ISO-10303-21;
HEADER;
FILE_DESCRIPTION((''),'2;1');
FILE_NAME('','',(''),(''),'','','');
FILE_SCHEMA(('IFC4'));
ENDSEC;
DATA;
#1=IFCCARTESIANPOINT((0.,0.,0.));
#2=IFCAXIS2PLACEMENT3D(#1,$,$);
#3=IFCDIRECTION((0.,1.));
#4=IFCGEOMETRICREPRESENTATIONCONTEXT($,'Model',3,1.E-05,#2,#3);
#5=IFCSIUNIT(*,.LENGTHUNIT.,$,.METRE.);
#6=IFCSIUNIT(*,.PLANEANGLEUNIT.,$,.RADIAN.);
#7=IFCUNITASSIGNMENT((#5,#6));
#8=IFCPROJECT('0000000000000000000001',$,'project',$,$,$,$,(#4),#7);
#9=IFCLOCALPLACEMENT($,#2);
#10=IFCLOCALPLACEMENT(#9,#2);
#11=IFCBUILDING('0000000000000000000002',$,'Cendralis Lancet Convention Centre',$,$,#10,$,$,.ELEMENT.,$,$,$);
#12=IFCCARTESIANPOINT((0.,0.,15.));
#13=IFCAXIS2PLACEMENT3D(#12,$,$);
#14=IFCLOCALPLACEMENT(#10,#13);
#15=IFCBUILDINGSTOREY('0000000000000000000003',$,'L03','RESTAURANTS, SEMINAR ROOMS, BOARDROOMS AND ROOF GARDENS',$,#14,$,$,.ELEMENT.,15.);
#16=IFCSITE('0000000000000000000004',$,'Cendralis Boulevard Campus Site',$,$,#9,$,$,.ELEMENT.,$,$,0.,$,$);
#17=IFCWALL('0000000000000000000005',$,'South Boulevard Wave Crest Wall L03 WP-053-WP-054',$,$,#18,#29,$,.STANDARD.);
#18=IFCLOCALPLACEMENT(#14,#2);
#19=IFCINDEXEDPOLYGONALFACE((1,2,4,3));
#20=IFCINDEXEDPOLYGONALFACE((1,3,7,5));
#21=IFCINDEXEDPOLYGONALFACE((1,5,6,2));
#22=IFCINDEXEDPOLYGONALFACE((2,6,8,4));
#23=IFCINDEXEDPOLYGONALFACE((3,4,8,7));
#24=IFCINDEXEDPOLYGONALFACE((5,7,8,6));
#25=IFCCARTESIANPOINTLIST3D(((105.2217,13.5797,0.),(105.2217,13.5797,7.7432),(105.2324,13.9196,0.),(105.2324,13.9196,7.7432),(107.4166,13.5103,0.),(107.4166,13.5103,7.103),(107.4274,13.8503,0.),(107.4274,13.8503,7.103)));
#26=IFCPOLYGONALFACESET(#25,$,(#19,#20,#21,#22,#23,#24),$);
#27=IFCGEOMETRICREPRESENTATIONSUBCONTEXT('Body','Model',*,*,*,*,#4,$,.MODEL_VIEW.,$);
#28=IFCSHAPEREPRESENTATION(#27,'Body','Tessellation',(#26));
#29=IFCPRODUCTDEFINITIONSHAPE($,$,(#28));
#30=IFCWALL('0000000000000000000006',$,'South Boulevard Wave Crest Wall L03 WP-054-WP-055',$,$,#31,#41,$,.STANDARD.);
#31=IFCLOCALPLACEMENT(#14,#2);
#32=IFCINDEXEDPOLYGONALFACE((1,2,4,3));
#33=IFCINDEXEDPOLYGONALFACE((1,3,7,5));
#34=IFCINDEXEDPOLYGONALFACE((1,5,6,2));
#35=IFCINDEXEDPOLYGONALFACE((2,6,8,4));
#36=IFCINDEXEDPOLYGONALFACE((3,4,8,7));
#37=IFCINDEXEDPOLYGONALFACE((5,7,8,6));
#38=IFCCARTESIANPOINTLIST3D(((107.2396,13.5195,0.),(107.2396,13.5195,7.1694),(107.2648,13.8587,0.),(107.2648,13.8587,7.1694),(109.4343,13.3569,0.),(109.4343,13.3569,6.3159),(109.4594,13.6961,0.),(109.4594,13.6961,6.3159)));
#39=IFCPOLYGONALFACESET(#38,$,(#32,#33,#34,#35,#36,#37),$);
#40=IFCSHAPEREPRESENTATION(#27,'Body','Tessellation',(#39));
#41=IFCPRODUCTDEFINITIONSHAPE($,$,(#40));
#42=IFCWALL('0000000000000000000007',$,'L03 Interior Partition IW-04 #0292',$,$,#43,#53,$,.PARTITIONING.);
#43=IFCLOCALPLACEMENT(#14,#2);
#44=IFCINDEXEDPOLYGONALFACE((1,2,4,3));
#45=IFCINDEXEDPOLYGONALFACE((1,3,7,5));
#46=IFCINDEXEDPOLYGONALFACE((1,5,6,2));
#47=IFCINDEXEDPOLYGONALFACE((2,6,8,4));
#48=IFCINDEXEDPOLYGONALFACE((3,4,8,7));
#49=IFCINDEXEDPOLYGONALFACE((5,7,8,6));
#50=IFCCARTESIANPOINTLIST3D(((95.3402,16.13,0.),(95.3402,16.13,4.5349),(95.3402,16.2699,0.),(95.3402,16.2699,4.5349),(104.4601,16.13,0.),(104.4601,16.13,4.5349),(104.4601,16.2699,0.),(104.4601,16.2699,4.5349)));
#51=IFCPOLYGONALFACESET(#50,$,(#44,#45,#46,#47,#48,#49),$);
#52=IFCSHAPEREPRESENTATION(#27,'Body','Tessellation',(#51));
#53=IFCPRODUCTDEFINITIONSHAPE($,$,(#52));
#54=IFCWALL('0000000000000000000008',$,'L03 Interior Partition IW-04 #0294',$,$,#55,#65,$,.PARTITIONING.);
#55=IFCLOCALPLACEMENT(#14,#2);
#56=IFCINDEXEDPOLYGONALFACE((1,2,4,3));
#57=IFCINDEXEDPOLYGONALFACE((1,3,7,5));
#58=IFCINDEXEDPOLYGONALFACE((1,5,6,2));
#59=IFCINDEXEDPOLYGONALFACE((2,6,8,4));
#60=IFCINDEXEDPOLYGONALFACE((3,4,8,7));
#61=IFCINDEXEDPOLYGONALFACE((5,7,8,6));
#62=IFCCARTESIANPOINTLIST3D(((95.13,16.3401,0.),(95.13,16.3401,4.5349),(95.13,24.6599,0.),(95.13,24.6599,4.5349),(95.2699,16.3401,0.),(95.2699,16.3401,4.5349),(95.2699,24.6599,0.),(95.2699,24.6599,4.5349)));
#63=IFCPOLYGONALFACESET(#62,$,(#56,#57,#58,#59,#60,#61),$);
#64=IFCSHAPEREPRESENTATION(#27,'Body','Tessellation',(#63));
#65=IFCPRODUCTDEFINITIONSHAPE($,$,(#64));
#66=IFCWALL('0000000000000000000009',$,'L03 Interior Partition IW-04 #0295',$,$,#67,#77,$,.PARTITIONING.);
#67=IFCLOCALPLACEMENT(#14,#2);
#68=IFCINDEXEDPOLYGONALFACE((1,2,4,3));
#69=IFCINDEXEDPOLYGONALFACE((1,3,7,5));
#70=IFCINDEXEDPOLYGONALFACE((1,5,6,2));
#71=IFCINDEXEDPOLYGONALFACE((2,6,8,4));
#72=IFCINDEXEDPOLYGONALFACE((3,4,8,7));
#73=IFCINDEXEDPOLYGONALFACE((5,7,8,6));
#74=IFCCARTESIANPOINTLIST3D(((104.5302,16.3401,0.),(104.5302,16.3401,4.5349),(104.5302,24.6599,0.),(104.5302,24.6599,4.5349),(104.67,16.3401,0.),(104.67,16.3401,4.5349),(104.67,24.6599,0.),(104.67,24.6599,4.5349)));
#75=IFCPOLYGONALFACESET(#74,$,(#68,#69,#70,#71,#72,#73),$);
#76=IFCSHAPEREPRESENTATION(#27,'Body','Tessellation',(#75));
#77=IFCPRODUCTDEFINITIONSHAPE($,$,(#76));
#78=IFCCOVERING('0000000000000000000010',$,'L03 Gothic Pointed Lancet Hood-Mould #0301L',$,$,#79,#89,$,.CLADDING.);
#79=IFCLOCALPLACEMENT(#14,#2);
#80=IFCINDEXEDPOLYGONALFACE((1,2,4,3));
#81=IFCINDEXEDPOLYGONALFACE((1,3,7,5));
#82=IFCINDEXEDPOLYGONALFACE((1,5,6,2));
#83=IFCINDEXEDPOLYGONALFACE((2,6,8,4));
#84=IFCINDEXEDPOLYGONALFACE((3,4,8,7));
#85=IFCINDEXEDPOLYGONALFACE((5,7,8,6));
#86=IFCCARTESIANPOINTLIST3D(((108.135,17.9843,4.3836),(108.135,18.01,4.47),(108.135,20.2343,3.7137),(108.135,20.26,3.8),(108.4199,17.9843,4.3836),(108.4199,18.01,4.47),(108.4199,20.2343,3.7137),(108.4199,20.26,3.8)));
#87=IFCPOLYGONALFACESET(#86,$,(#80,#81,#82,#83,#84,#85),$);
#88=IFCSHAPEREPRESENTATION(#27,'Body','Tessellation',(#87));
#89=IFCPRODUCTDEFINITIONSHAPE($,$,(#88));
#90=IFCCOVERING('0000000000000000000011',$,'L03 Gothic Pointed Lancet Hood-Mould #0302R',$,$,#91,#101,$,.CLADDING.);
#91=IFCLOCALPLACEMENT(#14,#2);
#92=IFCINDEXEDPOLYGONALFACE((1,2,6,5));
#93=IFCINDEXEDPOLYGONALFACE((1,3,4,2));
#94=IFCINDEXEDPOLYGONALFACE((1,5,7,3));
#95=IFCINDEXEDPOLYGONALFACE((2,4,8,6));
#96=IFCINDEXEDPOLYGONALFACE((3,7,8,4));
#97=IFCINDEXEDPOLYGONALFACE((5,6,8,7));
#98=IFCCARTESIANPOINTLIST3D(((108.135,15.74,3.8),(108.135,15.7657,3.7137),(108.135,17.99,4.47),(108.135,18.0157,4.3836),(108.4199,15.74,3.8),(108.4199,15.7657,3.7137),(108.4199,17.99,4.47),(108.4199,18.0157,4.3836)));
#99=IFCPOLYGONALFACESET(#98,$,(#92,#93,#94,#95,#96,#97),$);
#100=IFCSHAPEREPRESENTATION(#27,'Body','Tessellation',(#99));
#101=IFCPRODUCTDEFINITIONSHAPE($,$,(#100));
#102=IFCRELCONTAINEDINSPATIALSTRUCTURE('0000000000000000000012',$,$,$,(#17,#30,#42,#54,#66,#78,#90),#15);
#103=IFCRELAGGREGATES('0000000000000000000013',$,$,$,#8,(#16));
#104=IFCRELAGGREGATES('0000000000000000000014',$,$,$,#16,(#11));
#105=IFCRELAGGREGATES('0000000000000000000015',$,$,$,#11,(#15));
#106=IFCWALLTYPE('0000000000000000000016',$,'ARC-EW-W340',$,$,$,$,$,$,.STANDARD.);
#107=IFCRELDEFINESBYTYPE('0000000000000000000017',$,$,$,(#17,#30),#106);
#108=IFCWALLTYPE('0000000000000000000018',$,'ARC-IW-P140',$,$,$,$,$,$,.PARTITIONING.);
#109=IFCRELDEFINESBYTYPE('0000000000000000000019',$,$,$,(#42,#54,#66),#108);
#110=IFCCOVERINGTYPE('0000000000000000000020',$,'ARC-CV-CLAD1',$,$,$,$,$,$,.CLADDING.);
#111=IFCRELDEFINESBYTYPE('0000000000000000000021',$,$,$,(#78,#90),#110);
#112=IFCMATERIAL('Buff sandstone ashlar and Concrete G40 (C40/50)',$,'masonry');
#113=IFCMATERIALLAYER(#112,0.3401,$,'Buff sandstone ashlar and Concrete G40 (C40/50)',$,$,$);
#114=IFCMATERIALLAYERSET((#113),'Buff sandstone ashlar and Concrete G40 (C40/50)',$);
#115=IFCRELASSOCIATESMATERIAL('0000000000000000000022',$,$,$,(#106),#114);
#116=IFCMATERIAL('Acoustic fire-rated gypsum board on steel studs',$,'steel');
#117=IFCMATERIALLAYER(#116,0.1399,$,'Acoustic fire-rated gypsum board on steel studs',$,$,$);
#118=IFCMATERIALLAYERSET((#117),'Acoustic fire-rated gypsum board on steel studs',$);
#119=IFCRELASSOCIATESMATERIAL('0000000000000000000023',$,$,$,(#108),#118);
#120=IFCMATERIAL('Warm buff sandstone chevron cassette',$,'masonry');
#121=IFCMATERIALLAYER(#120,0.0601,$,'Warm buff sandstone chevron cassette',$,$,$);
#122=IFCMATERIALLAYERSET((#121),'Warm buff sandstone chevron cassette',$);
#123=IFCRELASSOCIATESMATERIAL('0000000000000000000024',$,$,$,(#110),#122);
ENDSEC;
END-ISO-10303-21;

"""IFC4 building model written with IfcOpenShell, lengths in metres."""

from ifc_helpers import new_model, si_unit, direction, frame, frame_2d, origin, place, context, subcontext, project, spatial, polyline, rectangle, outline, extrude, material, layer, layer_set, type_object, element, save


model = new_model("IFC4")

# Units and contexts
model_context = context("Model", 3, precision=1e-05, world=origin(), true_north=direction((0.0, 1.0)))
body_context = subcontext(model_context, "Body", "Model", "MODEL_VIEW")
ifc_project = project(units=[si_unit("LENGTHUNIT", "METRE"), si_unit("PLANEANGLEUNIT", "RADIAN")], contexts=[model_context])

# Site, building, storey
site_placement = place(None, origin())
site = spatial("IfcSite", under=ifc_project, at=site_placement, Name="Cendralis Boulevard Campus Site", CompositionType="ELEMENT", RefElevation=0.0)
building_placement = place(site_placement, origin())
building = spatial("IfcBuilding", under=site, at=building_placement, Name="Cendralis Lancet Convention Centre", CompositionType="ELEMENT")
storey_placement = place(building_placement, frame((0.0, 0.0, 15.0)))
storey = spatial("IfcBuildingStorey", under=building, at=storey_placement, Name="L03", Description="RESTAURANTS, SEMINAR ROOMS, BOARDROOMS AND ROOF GARDENS", CompositionType="ELEMENT", Elevation=15.0)

# Shared definitions
ifc_material_1 = material(Name="Buff sandstone ashlar and Concrete G40 (C40/50)", Category="masonry")

# Walls
ifc_layer_1 = layer(ifc_material_1, 0.3401, Name="Buff sandstone ashlar and Concrete G40 (C40/50)")
ifc_layer_set_1 = layer_set([ifc_layer_1], Name="Buff sandstone ashlar and Concrete G40 (C40/50)")
wall_type_1 = type_object("IfcWallType", Name="ARC-EW-W340", PredefinedType="STANDARD", material=ifc_layer_set_1)
wall_1_placement = place(storey_placement, frame((105.2271, 13.7498, 0.0), z_axis=(0.0, 0.0, 1.0), x_axis=(0.999501, -0.031571, 0.0)))
element("IfcWall", 1, at=wall_1_placement, inside=storey, type_object=wall_type_1, Name="South Boulevard Wave Crest Wall L03 WP-053-WP-054", PredefinedType="STANDARD", context=body_context, shape_type="SweptSolid", body=[
    extrude(outline(polyline([(0.0, 0.0), (2.196, 0.0), (2.196, 7.103), (0.0, 7.7432), (0.0, 0.0)])), frame((0.0, 0.1699, 0.0), z_axis=(0.0, -1.0, 0.0), x_axis=(1.0, 0.0, 0.0)), (0.0, 0.0, 1.0), 0.3401),
])
wall_2_placement = place(storey_placement, frame((107.2522, 13.6892, 0.0), z_axis=(0.0, 0.0, 1.0), x_axis=(0.997267, -0.073888, 0.0)))
element("IfcWall", 2, at=wall_2_placement, inside=storey, type_object=wall_type_1, Name="South Boulevard Wave Crest Wall L03 WP-054-WP-055", PredefinedType="STANDARD", context=body_context, shape_type="SweptSolid", body=[
    extrude(outline(polyline([(0.0, 0.0), (2.2007, 0.0), (2.2007, 6.3159), (0.0, 7.1694), (0.0, 0.0)])), frame((0.0, 0.1699, 0.0), z_axis=(0.0, -1.0, 0.0), x_axis=(1.0, 0.0, 0.0)), (0.0, 0.0, 1.0), 0.3401),
])
ifc_material_2 = material(Name="Acoustic fire-rated gypsum board on steel studs", Category="steel")
ifc_layer_2 = layer(ifc_material_2, 0.1399, Name="Acoustic fire-rated gypsum board on steel studs")
ifc_layer_set_2 = layer_set([ifc_layer_2], Name="Acoustic fire-rated gypsum board on steel studs")
wall_type_2 = type_object("IfcWallType", Name="ARC-IW-P140", PredefinedType="PARTITIONING", material=ifc_layer_set_2)
wall_3_placement = place(storey_placement, frame((95.3401, 16.2, 0.0), z_axis=(0.0, 0.0, 1.0), x_axis=(1.0, 0.0, 0.0)))
element("IfcWall", 3, at=wall_3_placement, inside=storey, type_object=wall_type_2, Name="L03 Interior Partition IW-04 #0292", PredefinedType="PARTITIONING", context=body_context, shape_type="SweptSolid", body=[
    extrude(rectangle(XDim=9.1199, YDim=0.1399, at=frame_2d((4.5601, 0.0))), origin(), (0.0, 0.0, 1.0), 4.5349),
])
for number, where, z_axis, x_axis, name in (
    (4, (95.2, 16.3401, 0.0), (0.0, 0.0, 1.0), (0.0, 1.0, 0.0), "L03 Interior Partition IW-04 #0294"),
    (5, (104.6001, 16.3401, 0.0), (0.0, 0.0, 1.0), (0.0, 1.0, 0.0), "L03 Interior Partition IW-04 #0295"),
):
    element("IfcWall", number, at=place(storey_placement, frame(where, z_axis=z_axis, x_axis=x_axis)), inside=storey, type_object=wall_type_2, Name=name, PredefinedType="PARTITIONING", context=body_context, shape_type="SweptSolid", body=[
        extrude(rectangle(XDim=8.3198, YDim=0.1399, at=frame_2d((4.1599, 0.0))), origin(), (0.0, 0.0, 1.0), 4.5349),
    ])

# Coverings
ifc_material_3 = material(Name="Warm buff sandstone chevron cassette", Category="masonry")
ifc_layer_3 = layer(ifc_material_3, 0.0601, Name="Warm buff sandstone chevron cassette")
ifc_layer_set_3 = layer_set([ifc_layer_3], Name="Warm buff sandstone chevron cassette")
covering_type = type_object("IfcCoveringType", Name="ARC-CV-CLAD1", PredefinedType="CLADDING", material=ifc_layer_set_3)
for number, where, z_axis, x_axis, name in (
    (6, (108.4199, 20.26, 3.8), (0.0, 0.285363, 0.95842), (-1.0, 0.0, 0.0), "L03 Gothic Pointed Lancet Hood-Mould #0301L"),
    (7, (108.4199, 17.99, 4.47), (0.0, -0.285363, 0.95842), (-1.0, 0.0, 0.0), "L03 Gothic Pointed Lancet Hood-Mould #0302R"),
):
    element("IfcCovering", number, at=place(storey_placement, frame(where, z_axis=z_axis, x_axis=x_axis)), inside=storey, type_object=covering_type, Name=name, PredefinedType="CLADDING", context=body_context, shape_type="SweptSolid", body=[
        extrude(outline(polyline([(0.0, 0.0), (0.2849, 0.0), (0.2849, 2.3476), (0.0, 2.3476), (0.0, 0.0)])), origin(), (0.0, 0.0, -1.0), 0.0901),
    ])

save(model, "model.ifc")
